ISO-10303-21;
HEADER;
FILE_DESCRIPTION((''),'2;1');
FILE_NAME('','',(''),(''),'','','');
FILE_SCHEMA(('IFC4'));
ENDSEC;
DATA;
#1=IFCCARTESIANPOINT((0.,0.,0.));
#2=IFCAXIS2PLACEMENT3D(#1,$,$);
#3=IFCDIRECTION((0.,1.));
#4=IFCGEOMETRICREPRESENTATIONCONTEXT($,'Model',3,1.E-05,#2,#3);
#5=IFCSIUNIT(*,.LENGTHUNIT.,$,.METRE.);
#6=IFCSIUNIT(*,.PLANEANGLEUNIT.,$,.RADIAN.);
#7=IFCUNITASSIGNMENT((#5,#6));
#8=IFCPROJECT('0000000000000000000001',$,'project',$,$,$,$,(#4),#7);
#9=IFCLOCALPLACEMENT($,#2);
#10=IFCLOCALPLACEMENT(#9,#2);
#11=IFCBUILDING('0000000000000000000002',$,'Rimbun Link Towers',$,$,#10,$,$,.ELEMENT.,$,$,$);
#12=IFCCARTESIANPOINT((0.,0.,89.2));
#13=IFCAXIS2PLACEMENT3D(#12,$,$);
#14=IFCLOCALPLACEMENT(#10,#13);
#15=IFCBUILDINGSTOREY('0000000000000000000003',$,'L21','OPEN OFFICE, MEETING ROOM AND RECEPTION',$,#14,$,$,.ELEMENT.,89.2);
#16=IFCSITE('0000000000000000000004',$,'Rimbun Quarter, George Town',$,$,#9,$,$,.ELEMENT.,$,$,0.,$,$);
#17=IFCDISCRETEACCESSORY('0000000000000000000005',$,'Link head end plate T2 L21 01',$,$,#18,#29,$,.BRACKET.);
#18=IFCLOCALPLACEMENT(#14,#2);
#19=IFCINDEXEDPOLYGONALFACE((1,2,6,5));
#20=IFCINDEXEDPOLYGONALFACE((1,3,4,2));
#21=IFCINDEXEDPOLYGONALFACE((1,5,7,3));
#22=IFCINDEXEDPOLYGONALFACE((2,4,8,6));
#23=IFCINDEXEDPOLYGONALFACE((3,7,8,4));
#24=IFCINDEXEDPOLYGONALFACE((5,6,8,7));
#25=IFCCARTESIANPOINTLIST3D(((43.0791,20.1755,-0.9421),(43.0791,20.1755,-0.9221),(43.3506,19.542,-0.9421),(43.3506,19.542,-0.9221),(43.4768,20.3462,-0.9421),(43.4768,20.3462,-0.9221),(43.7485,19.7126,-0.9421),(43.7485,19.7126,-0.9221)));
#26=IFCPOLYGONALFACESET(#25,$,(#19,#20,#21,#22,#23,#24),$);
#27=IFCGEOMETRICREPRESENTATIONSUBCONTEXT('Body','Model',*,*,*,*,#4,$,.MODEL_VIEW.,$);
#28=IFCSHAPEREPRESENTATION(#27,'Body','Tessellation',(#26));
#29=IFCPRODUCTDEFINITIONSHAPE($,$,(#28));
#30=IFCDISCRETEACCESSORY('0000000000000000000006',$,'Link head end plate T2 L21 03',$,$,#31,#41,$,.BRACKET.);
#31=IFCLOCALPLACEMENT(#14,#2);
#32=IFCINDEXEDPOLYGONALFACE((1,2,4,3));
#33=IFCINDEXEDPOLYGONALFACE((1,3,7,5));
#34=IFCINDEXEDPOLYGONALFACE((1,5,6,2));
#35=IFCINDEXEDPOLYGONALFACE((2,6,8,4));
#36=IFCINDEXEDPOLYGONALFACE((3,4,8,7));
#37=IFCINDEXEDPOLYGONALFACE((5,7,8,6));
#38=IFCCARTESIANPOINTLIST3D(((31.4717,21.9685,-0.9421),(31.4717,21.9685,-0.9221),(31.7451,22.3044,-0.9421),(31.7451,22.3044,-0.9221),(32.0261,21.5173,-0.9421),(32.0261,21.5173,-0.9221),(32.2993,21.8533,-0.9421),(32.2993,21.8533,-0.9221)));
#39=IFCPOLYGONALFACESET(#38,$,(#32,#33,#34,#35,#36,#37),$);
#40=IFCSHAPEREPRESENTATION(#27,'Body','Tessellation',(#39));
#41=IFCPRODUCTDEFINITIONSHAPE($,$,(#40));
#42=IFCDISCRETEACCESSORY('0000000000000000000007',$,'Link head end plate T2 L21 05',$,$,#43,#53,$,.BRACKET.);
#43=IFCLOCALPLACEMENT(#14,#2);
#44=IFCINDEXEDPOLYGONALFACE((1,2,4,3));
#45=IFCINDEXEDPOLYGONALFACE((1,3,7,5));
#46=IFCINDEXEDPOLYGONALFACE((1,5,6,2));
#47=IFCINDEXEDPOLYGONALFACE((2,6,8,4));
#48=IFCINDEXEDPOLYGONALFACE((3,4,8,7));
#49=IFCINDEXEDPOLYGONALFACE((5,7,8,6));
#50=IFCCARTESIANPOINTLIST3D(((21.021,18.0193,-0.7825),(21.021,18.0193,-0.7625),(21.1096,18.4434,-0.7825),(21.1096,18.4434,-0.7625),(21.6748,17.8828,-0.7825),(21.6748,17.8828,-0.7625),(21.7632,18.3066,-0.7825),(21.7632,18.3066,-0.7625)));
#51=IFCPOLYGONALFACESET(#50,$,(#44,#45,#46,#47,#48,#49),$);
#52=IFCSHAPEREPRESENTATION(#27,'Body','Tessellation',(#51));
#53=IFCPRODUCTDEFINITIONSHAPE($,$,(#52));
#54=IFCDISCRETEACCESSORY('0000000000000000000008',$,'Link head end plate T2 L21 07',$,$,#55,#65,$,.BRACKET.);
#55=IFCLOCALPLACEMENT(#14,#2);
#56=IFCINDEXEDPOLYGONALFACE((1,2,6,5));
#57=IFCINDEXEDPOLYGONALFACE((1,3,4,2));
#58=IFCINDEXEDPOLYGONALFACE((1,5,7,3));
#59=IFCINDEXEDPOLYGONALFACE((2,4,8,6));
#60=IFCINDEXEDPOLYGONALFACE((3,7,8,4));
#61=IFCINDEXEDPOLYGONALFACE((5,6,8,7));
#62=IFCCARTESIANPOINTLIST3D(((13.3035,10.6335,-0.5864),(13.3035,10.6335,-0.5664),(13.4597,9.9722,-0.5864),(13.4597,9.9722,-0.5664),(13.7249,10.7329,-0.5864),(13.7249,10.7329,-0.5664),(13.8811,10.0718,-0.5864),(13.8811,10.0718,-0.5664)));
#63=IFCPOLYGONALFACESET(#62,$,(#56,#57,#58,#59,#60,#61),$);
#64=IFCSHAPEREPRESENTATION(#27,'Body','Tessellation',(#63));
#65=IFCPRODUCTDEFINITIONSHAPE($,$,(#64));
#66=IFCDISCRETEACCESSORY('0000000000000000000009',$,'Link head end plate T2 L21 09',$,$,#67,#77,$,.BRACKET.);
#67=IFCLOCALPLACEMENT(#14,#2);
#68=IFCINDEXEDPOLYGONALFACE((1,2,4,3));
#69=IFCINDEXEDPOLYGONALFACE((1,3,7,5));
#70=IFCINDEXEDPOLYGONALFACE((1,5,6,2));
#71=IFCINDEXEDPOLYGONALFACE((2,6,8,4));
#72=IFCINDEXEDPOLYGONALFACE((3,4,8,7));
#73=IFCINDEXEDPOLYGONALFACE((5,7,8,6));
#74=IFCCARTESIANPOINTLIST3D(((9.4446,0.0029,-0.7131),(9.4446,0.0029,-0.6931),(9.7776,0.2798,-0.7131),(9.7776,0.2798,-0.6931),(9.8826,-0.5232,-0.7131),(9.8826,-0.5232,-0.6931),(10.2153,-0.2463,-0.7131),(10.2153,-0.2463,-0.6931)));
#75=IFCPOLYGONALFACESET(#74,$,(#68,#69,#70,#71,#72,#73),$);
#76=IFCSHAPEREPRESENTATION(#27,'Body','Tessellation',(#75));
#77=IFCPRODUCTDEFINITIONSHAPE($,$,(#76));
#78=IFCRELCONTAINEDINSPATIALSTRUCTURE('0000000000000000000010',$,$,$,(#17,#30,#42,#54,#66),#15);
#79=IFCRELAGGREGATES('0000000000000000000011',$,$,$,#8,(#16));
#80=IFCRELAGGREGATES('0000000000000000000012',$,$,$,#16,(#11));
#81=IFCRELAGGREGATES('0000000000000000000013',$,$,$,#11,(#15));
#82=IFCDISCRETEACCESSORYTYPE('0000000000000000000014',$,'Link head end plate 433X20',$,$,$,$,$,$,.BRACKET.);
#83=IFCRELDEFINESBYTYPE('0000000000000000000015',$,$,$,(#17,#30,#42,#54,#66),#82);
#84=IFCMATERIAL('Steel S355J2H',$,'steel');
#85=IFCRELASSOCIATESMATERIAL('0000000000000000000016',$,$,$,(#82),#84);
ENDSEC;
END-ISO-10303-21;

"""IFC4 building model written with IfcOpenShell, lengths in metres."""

from ifc_helpers import new_model, si_unit, direction, frame, origin, origin_2d, place, context, subcontext, project, spatial, polyline, rectangle, outline, extrude, material, material_profile, profile_set, type_object, element, save


model = new_model("IFC4")

# Units and contexts
model_context = context("Model", 3, precision=1e-05, world=origin(), true_north=direction((0.0, 1.0)))
body_context = subcontext(model_context, "Body", "Model", "MODEL_VIEW")
ifc_project = project(units=[si_unit("LENGTHUNIT", "METRE"), si_unit("PLANEANGLEUNIT", "RADIAN")], contexts=[model_context])

# Site, building, storey
site_placement = place(None, origin())
site = spatial("IfcSite", under=ifc_project, at=site_placement, Name="Rimbun Quarter, George Town", CompositionType="ELEMENT", RefElevation=0.0)
building_placement = place(site_placement, origin())
building = spatial("IfcBuilding", under=site, at=building_placement, Name="Rimbun Link Towers", CompositionType="ELEMENT")
storey_placement = place(building_placement, frame((0.0, 0.0, 89.2)))
storey = spatial("IfcBuildingStorey", under=building, at=storey_placement, Name="L21", Description="OPEN OFFICE, MEETING ROOM AND RECEPTION", CompositionType="ELEMENT", Elevation=89.2)

# Discrete accessories
ifc_material_1 = material(Name="Steel S355J2H", Category="steel")
ifc_material_profile_1 = material_profile(ifc_material_1, rectangle(XDim=0.4331, YDim=0.4331, at=origin_2d()), Name="PL 433x433")
ifc_profile_set_1 = profile_set([ifc_material_profile_1], Name="Steel S355J2H")
discrete_accessory_type_1 = type_object("IfcDiscreteAccessoryType", Name="Link head end plate 433X20", PredefinedType="BRACKET", material=ifc_profile_set_1)
discrete_accessory_1_placement = place(storey_placement, frame((0.0, 0.0, -0.9421)))
element("IfcDiscreteAccessory", 1, at=discrete_accessory_1_placement, inside=storey, type_object=discrete_accessory_type_1, Name="Link head end plate T2 L21 01", PredefinedType="BRACKET", context=body_context, shape_type="SweptSolid", body=[
    extrude(outline(polyline([(43.7485, 19.7126), (43.4768, 20.3462), (43.0791, 20.1755), (43.3506, 19.542), (43.7485, 19.7126)])), origin(), (0.0, 0.0, 1.0), 0.02),
])
discrete_accessory_2_placement = place(storey_placement, frame((0.0, 0.0, -0.9421)))
element("IfcDiscreteAccessory", 2, at=discrete_accessory_2_placement, inside=storey, type_object=discrete_accessory_type_1, Name="Link head end plate T2 L21 03", PredefinedType="BRACKET", context=body_context, shape_type="SweptSolid", body=[
    extrude(outline(polyline([(32.2993, 21.8533), (31.7451, 22.3044), (31.4717, 21.9685), (32.0261, 21.5173), (32.2993, 21.8533)])), origin(), (0.0, 0.0, 1.0), 0.02),
])
discrete_accessory_3_placement = place(storey_placement, frame((0.0, 0.0, -0.7825)))
element("IfcDiscreteAccessory", 3, at=discrete_accessory_3_placement, inside=storey, type_object=discrete_accessory_type_1, Name="Link head end plate T2 L21 05", PredefinedType="BRACKET", context=body_context, shape_type="SweptSolid", body=[
    extrude(outline(polyline([(21.7632, 18.3066), (21.1096, 18.4434), (21.021, 18.0193), (21.6748, 17.8828), (21.7632, 18.3066)])), origin(), (0.0, 0.0, 1.0), 0.02),
])
discrete_accessory_4_placement = place(storey_placement, frame((0.0, 0.0, -0.5864)))
element("IfcDiscreteAccessory", 4, at=discrete_accessory_4_placement, inside=storey, type_object=discrete_accessory_type_1, Name="Link head end plate T2 L21 07", PredefinedType="BRACKET", context=body_context, shape_type="SweptSolid", body=[
    extrude(outline(polyline([(13.8811, 10.0718), (13.7249, 10.7329), (13.3035, 10.6335), (13.4597, 9.9722), (13.8811, 10.0718)])), origin(), (0.0, 0.0, 1.0), 0.02),
])
discrete_accessory_5_placement = place(storey_placement, frame((0.0, 0.0, -0.7131)))
element("IfcDiscreteAccessory", 5, at=discrete_accessory_5_placement, inside=storey, type_object=discrete_accessory_type_1, Name="Link head end plate T2 L21 09", PredefinedType="BRACKET", context=body_context, shape_type="SweptSolid", body=[
    extrude(outline(polyline([(10.2153, -0.2463), (9.7776, 0.2798), (9.4446, 0.0029), (9.8826, -0.5232), (10.2153, -0.2463)])), origin(), (0.0, 0.0, 1.0), 0.02),
])

save(model, "model.ifc")
